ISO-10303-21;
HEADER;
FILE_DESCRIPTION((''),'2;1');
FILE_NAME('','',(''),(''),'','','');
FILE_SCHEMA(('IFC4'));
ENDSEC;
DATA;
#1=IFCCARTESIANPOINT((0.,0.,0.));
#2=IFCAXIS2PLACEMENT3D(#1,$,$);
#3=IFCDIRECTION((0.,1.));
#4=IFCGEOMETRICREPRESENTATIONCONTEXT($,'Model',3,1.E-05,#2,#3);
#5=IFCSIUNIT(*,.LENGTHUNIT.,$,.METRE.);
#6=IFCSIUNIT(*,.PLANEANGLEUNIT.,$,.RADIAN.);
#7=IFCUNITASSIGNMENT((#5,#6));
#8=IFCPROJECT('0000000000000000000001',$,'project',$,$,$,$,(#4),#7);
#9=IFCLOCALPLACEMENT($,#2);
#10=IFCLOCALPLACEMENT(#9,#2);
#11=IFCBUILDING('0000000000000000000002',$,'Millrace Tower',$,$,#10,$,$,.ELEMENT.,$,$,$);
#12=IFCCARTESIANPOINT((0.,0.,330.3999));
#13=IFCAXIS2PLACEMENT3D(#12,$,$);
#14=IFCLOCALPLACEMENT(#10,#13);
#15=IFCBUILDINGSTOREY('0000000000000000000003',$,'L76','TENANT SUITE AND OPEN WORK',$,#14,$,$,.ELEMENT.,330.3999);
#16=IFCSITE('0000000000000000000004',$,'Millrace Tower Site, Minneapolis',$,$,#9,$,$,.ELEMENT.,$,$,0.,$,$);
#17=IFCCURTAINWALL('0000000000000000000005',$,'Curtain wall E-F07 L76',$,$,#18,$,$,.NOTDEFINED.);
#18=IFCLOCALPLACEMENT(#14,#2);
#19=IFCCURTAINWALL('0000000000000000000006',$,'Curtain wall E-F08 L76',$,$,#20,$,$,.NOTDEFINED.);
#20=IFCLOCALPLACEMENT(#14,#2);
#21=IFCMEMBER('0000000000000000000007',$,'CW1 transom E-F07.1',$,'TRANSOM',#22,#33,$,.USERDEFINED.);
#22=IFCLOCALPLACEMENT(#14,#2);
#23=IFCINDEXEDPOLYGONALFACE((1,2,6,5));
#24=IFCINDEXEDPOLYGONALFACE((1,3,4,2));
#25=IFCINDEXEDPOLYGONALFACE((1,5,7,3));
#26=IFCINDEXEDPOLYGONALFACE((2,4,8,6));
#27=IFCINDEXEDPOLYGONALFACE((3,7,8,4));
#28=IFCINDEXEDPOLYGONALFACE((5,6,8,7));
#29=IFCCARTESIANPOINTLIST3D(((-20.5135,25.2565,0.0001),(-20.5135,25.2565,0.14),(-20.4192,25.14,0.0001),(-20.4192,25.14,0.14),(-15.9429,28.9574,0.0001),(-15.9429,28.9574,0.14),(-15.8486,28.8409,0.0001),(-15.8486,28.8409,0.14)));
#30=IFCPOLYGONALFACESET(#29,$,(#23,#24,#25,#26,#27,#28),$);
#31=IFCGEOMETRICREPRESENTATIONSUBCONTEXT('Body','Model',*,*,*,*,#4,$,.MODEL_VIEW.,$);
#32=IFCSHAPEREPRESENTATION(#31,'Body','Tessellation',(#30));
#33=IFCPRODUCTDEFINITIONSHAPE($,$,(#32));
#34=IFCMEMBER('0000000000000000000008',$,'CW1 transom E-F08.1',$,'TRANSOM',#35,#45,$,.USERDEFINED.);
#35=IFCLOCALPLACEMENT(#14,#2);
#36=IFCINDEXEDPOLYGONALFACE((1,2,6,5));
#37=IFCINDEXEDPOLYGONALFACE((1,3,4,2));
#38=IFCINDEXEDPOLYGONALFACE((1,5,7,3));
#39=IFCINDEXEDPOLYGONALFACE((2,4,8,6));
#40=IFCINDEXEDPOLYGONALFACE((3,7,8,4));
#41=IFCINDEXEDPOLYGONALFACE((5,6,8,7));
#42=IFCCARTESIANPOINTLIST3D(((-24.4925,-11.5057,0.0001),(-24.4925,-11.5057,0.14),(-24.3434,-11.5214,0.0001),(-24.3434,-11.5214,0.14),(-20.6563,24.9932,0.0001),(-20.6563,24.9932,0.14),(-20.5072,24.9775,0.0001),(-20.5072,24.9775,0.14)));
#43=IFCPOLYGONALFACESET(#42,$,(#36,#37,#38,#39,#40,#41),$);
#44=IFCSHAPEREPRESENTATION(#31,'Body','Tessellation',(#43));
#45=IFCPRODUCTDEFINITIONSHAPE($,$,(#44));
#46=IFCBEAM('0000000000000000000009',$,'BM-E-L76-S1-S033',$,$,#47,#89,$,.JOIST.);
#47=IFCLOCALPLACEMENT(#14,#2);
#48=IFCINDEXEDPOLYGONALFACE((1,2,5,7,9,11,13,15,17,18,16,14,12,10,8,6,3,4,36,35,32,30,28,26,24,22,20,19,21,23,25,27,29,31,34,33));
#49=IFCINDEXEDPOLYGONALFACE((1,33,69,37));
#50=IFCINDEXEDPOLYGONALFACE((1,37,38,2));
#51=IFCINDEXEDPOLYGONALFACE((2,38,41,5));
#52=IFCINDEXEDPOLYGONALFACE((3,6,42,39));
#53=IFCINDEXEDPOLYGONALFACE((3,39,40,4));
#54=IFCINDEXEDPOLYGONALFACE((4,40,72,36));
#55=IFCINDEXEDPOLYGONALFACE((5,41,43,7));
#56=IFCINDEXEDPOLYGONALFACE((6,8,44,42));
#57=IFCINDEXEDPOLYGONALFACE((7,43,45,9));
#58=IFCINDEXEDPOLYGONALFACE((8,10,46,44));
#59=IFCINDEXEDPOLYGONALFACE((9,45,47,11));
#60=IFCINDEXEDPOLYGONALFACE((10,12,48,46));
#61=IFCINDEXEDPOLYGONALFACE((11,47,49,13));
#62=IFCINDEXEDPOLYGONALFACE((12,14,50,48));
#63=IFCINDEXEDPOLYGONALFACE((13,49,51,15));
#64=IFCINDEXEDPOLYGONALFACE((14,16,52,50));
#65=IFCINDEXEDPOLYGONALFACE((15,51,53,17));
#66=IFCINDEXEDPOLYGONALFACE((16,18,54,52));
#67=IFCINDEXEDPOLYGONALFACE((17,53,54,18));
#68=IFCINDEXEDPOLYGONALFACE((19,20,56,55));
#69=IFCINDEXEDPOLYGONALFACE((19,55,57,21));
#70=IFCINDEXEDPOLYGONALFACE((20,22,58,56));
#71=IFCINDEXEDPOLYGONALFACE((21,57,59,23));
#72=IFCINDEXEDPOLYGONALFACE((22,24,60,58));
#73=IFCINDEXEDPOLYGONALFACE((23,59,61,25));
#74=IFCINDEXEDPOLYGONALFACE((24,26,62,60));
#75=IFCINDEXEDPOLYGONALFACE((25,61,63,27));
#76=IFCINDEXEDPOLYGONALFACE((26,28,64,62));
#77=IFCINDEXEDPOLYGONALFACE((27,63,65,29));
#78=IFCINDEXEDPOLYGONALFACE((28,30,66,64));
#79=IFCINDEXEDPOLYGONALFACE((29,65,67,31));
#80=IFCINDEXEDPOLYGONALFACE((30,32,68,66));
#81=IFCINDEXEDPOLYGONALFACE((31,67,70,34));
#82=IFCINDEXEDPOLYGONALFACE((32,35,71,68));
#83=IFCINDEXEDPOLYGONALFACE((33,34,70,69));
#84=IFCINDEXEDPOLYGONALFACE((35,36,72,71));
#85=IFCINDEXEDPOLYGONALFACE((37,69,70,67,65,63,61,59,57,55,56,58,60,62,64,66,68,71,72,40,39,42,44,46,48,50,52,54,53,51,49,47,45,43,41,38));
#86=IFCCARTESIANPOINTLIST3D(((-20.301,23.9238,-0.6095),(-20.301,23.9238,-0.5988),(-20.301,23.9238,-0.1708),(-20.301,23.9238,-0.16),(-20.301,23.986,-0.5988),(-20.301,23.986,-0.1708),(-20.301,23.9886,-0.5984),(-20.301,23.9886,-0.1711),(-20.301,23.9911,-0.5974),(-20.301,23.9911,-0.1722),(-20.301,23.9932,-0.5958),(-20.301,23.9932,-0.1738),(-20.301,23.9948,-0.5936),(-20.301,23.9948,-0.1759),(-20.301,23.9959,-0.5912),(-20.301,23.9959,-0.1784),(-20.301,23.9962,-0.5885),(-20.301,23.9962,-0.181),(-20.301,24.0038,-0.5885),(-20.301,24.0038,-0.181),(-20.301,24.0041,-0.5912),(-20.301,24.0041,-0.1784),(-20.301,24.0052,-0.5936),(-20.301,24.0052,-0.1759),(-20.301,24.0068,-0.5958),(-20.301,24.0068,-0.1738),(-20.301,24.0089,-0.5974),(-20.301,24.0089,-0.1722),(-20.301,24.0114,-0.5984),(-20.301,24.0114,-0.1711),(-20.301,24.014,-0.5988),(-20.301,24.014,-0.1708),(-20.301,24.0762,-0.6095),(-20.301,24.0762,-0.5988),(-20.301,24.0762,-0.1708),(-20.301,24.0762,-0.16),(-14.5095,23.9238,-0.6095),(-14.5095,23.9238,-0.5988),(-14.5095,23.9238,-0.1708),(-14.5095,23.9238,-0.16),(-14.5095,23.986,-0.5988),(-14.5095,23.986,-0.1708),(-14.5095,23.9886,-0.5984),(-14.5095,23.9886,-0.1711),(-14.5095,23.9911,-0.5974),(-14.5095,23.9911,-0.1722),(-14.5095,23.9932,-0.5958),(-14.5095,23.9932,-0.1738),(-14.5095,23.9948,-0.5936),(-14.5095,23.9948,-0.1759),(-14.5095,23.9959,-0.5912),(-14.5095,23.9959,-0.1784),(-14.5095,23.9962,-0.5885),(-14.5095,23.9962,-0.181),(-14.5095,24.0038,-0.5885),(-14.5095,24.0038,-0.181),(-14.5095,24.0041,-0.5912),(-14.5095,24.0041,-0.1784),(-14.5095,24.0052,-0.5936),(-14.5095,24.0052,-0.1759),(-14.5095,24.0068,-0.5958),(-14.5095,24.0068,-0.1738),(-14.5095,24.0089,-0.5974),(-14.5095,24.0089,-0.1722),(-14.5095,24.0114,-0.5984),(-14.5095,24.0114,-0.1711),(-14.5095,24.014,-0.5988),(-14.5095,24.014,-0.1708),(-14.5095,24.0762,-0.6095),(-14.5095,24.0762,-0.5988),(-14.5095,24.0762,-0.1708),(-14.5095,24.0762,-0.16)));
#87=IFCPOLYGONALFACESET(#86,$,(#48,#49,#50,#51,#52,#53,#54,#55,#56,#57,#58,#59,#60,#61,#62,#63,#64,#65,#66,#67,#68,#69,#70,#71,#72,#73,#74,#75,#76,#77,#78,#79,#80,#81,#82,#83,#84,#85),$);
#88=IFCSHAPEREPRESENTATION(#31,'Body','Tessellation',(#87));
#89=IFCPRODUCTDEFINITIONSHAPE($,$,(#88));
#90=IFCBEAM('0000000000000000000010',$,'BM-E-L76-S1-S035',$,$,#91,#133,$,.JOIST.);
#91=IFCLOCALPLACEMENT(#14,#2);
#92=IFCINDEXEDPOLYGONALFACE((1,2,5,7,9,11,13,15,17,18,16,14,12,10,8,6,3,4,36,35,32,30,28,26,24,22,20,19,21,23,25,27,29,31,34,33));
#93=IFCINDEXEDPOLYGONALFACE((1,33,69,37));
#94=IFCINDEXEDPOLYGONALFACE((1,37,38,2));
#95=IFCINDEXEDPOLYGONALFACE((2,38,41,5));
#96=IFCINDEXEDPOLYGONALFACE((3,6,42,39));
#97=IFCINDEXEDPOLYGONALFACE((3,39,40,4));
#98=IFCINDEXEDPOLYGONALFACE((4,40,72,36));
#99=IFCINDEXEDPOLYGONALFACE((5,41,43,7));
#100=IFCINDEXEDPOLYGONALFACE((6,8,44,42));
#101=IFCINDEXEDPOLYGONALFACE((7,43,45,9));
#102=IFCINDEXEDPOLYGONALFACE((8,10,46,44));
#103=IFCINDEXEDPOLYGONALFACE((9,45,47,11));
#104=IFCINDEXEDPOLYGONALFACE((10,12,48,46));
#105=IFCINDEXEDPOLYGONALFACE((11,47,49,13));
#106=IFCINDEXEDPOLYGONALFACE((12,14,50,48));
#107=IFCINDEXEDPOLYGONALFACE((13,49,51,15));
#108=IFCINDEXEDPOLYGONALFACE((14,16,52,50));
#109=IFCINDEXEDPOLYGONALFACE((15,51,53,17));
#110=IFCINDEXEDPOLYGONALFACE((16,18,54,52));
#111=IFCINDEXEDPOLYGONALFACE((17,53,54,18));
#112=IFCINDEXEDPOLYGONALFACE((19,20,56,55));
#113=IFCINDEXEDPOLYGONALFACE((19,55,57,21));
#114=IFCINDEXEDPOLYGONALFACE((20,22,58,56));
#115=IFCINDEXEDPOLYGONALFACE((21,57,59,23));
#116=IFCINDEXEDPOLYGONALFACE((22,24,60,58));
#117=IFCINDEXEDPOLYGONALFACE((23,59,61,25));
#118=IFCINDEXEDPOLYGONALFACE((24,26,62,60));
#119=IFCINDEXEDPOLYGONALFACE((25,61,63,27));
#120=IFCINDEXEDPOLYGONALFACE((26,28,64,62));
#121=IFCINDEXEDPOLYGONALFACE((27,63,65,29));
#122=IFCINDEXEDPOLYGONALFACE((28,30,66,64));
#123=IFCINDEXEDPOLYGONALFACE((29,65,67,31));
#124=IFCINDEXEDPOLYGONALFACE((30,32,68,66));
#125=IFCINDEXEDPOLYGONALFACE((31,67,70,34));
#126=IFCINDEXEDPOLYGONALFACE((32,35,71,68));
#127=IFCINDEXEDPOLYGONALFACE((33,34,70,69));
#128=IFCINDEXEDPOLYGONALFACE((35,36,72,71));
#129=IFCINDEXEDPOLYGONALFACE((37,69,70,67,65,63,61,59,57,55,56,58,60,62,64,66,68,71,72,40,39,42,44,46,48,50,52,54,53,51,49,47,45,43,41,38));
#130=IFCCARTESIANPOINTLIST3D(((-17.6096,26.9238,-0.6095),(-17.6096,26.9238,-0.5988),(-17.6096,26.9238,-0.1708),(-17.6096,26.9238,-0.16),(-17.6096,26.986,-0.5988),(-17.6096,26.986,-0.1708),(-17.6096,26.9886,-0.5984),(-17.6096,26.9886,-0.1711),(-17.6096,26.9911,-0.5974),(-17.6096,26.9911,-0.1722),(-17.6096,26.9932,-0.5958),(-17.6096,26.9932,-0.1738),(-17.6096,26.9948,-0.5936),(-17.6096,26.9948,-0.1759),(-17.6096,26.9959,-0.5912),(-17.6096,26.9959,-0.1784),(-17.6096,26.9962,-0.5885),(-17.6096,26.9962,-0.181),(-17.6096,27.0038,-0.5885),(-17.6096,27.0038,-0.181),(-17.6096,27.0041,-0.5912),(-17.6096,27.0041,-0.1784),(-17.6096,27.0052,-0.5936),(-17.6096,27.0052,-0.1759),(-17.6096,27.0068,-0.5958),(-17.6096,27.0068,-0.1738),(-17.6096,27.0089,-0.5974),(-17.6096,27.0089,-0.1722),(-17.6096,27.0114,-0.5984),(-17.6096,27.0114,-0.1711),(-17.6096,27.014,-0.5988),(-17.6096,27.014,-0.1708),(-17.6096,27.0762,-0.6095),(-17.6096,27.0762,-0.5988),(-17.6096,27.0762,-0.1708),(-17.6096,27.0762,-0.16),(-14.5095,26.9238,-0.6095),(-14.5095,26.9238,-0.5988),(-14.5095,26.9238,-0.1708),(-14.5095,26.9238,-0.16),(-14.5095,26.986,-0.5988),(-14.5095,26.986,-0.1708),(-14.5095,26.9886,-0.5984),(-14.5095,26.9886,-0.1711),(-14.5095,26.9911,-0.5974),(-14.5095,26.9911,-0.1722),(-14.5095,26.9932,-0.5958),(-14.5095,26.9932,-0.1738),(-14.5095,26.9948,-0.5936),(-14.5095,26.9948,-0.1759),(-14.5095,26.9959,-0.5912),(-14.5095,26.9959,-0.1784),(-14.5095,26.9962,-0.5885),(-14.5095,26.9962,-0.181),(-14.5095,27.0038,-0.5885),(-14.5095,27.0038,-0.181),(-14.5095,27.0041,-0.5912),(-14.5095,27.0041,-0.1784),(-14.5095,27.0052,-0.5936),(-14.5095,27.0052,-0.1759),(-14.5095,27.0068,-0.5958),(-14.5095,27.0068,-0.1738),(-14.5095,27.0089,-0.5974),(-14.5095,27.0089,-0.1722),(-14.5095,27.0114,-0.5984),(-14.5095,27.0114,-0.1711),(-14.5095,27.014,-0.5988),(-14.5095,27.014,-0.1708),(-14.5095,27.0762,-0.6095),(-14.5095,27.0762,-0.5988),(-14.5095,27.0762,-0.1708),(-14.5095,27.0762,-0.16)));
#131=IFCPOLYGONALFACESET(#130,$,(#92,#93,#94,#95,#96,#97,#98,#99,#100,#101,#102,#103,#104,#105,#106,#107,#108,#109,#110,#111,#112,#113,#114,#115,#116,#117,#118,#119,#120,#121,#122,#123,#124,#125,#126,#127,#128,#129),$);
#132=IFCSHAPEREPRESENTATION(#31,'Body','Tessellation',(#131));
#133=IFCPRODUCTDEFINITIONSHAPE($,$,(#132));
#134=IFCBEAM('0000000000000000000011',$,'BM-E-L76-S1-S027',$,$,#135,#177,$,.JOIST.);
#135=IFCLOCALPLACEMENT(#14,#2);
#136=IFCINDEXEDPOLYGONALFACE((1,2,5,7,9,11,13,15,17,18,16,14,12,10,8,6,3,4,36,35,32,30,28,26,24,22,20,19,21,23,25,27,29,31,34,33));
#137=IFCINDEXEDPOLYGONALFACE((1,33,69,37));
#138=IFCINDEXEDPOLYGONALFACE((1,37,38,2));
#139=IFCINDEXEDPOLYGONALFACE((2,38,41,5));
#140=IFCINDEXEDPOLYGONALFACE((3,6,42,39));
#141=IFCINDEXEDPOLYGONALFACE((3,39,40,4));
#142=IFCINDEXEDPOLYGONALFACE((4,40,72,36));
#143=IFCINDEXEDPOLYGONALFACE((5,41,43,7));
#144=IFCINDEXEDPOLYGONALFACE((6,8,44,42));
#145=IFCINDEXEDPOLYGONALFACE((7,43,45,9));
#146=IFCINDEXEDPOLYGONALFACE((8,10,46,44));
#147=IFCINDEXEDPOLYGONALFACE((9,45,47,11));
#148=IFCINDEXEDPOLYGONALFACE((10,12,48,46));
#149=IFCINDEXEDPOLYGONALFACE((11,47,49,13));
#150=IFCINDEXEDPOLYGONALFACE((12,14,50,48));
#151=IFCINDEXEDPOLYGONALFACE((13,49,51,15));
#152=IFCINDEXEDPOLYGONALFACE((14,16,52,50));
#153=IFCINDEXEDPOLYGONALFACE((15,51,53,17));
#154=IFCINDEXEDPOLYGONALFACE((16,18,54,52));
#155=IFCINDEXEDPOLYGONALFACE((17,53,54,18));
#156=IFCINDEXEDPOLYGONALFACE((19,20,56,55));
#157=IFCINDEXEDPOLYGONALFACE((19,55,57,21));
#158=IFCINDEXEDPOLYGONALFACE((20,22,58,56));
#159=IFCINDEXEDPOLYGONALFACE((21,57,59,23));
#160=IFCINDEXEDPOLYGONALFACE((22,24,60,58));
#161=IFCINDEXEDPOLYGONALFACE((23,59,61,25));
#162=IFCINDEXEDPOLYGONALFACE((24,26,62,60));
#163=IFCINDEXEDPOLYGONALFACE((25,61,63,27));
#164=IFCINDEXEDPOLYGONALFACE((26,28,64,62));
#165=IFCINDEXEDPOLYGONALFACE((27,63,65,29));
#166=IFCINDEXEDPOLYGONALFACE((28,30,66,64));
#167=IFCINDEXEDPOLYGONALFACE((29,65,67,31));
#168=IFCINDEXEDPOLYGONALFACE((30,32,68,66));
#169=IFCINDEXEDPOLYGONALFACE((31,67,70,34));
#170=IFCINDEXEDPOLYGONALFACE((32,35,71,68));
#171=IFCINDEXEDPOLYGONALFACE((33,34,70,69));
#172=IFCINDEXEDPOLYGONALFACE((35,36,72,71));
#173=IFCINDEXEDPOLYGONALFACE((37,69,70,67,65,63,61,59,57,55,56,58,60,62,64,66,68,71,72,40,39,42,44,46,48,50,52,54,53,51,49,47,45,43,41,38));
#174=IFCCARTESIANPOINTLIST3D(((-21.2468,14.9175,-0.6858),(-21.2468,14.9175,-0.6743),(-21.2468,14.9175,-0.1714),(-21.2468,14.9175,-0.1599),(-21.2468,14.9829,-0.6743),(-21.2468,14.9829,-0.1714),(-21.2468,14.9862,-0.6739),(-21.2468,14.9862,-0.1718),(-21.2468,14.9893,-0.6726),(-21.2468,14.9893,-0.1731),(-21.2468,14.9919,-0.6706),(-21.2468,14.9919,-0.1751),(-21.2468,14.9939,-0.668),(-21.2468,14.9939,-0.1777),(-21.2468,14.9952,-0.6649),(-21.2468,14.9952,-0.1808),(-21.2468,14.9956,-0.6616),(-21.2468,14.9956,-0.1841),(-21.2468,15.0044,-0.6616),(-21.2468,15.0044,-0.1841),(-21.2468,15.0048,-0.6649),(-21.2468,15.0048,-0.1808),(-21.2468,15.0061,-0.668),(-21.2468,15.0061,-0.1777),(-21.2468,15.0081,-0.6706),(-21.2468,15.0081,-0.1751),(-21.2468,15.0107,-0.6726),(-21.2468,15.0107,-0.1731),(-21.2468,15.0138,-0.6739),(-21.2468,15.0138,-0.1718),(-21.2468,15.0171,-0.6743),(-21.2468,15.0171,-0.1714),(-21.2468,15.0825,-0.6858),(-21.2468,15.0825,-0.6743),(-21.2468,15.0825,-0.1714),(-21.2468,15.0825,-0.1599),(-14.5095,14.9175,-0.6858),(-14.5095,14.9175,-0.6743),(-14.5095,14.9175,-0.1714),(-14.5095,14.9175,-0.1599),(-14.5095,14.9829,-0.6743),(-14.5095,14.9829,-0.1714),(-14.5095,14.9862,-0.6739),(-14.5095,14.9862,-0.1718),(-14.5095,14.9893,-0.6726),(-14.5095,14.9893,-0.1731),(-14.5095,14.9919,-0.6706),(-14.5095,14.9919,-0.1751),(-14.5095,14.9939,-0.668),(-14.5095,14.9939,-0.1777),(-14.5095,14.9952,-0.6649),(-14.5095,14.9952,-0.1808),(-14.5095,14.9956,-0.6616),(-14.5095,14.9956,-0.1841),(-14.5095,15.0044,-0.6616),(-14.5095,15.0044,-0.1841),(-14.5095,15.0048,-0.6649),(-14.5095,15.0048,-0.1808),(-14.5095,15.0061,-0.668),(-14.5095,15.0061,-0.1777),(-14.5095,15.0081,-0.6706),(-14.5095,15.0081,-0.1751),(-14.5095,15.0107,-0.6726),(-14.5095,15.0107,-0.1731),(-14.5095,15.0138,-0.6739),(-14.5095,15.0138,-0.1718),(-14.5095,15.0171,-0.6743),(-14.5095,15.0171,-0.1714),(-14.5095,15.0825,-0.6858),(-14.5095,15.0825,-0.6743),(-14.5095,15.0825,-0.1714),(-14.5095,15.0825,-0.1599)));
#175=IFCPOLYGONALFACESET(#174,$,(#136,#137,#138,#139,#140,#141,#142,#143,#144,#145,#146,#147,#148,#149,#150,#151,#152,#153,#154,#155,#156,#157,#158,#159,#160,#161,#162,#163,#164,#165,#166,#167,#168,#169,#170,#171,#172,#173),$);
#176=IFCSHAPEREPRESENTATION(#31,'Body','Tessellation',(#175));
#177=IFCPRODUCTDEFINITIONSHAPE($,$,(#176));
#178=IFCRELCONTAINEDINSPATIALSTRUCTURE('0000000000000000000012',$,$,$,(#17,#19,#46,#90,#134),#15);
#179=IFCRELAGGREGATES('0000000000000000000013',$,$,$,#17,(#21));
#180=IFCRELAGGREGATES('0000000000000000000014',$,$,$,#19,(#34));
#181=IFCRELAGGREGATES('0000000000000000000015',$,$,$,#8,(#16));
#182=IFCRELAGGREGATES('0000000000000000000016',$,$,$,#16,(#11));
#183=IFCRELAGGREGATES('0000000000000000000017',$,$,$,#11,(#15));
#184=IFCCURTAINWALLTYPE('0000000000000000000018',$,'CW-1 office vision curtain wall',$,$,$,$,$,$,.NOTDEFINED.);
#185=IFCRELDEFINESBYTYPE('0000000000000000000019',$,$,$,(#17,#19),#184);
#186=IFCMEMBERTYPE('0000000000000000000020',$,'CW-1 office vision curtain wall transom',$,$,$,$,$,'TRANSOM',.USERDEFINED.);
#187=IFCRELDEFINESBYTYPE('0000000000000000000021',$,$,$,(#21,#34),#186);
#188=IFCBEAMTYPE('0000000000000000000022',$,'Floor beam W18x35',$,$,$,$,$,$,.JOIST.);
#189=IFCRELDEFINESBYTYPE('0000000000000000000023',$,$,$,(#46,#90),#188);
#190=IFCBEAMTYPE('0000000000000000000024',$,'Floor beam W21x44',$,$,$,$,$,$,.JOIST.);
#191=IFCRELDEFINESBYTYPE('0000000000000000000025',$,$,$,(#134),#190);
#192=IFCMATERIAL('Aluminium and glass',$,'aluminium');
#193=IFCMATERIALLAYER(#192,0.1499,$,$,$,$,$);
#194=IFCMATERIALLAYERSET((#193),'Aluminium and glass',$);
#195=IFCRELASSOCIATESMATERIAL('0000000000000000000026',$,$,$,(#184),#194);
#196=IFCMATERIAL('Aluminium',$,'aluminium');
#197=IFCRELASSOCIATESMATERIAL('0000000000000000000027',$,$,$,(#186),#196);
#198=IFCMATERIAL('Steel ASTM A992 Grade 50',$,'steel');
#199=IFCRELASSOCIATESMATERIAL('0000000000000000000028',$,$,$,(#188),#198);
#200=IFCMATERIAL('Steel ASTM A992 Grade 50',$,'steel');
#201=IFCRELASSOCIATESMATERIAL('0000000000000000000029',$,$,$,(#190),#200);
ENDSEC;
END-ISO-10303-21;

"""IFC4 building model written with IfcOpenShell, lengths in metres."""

from ifc_helpers import new_model, si_unit, direction, frame, origin, origin_2d, place, context, subcontext, project, spatial, rectangle, i_section, extrude, material, layer, layer_set, material_profile, profile_set, type_object, element, aggregate, save


model = new_model("IFC4")

# Units and contexts
model_context = context("Model", 3, precision=1e-05, world=origin(), true_north=direction((0.0, 1.0)))
body_context = subcontext(model_context, "Body", "Model", "MODEL_VIEW")
ifc_project = project(units=[si_unit("LENGTHUNIT", "METRE"), si_unit("PLANEANGLEUNIT", "RADIAN")], contexts=[model_context])

# Site, building, storey
site_placement = place(None, origin())
site = spatial("IfcSite", under=ifc_project, at=site_placement, Name="Millrace Tower Site, Minneapolis", CompositionType="ELEMENT", RefElevation=0.0)
building_placement = place(site_placement, origin())
building = spatial("IfcBuilding", under=site, at=building_placement, Name="Millrace Tower", CompositionType="ELEMENT")
storey_placement = place(building_placement, frame((0.0, 0.0, 330.3999)))
storey = spatial("IfcBuildingStorey", under=building, at=storey_placement, Name="L76", Description="TENANT SUITE AND OPEN WORK", CompositionType="ELEMENT", Elevation=330.3999)

# Curtain wall
ifc_material_1 = material(Name="Aluminium and glass", Category="aluminium")
ifc_layer_1 = layer(ifc_material_1, 0.1499)
ifc_layer_set_1 = layer_set([ifc_layer_1], Name="Aluminium and glass")
curtain_wall_type = type_object("IfcCurtainWallType", Name="CW-1 office vision curtain wall", PredefinedType="NOTDEFINED", material=ifc_layer_set_1)
placement = place(storey_placement, origin())
curtain_wall_1 = element("IfcCurtainWall", 1, at=placement, inside=storey, type_object=curtain_wall_type, Name="Curtain wall E-F07 L76", PredefinedType="NOTDEFINED")

# Curtain wall
curtain_wall_2 = element("IfcCurtainWall", 2, at=placement, inside=storey, type_object=curtain_wall_type, Name="Curtain wall E-F08 L76", PredefinedType="NOTDEFINED")

# Members
ifc_material_2 = material(Name="Aluminium", Category="aluminium")
ifc_material_profile_1 = material_profile(ifc_material_2, rectangle(XDim=0.1499, YDim=0.1399, at=origin_2d()))
ifc_profile_set_1 = profile_set([ifc_material_profile_1], Name="Aluminium")
member_type_1 = type_object("IfcMemberType", Name="CW-1 office vision curtain wall transom", ElementType="TRANSOM", PredefinedType="USERDEFINED", material=ifc_profile_set_1)
member_1_placement = place(storey_placement, frame((-15.8958, 28.8992, 0.0701), z_axis=(-0.777166, -0.629296, 0.0), x_axis=(0.629296, -0.777166, 0.0)))
member_1 = element("IfcMember", 3, at=member_1_placement, type_object=member_type_1, Name="CW1 transom E-F07.1", ObjectType="TRANSOM", PredefinedType="USERDEFINED", context=body_context, shape_type="SweptSolid", body=[
    extrude(rectangle(XDim=0.1499, YDim=0.1399, at=origin_2d()), origin(), (0.0, 0.0, 1.0), 5.8811),
])
aggregate(curtain_wall_1, [member_1])
member_2_placement = place(storey_placement, frame((-20.5818, 24.9854, 0.0701), z_axis=(-0.104528, -0.994522, 0.0), x_axis=(0.994522, -0.104528, 0.0)))
member_2 = element("IfcMember", 4, at=member_2_placement, type_object=member_type_1, Name="CW1 transom E-F08.1", ObjectType="TRANSOM", PredefinedType="USERDEFINED", context=body_context, shape_type="SweptSolid", body=[
    extrude(rectangle(XDim=0.1499, YDim=0.1399, at=origin_2d()), origin(), (0.0, 0.0, 1.0), 36.7),
])
aggregate(curtain_wall_2, [member_2])

# Beams
ifc_material_3 = material(Name="Steel ASTM A992 Grade 50", Category="steel")
ifc_material_profile_2 = material_profile(ifc_material_3, i_section(OverallWidth=0.1523, OverallDepth=0.4495, WebThickness=0.0076, FlangeThickness=0.0107, FilletRadius=0.0103, at=origin_2d()))
ifc_profile_set_2 = profile_set([ifc_material_profile_2], Name="Steel ASTM A992 Grade 50")
beam_type_1 = type_object("IfcBeamType", Name="Floor beam W18x35", PredefinedType="JOIST", material=ifc_profile_set_2)
beam_1_placement = place(storey_placement, frame((-20.301, 24.0, -0.3848), z_axis=(1.0, 0.0, 0.0), x_axis=(0.0, 1.0, 0.0)))
element("IfcBeam", 5, at=beam_1_placement, inside=storey, type_object=beam_type_1, Name="BM-E-L76-S1-S033", PredefinedType="JOIST", context=body_context, shape_type="SweptSolid", body=[
    extrude(i_section(OverallWidth=0.1523, OverallDepth=0.4495, WebThickness=0.0076, FlangeThickness=0.0107, FilletRadius=0.0103, at=origin_2d()), origin(), (0.0, 0.0, 1.0), 5.7915),
])
beam_2_placement = place(storey_placement, frame((-17.6096, 27.0, -0.3848), z_axis=(1.0, 0.0, 0.0), x_axis=(0.0, 1.0, 0.0)))
element("IfcBeam", 6, at=beam_2_placement, inside=storey, type_object=beam_type_1, Name="BM-E-L76-S1-S035", PredefinedType="JOIST", context=body_context, shape_type="SweptSolid", body=[
    extrude(i_section(OverallWidth=0.1523, OverallDepth=0.4495, WebThickness=0.0076, FlangeThickness=0.0107, FilletRadius=0.0103, at=origin_2d()), origin(), (0.0, 0.0, 1.0), 3.1001),
])
ifc_material_4 = material(Name="Steel ASTM A992 Grade 50", Category="steel")
ifc_material_profile_3 = material_profile(ifc_material_4, i_section(OverallWidth=0.165, OverallDepth=0.5259, WebThickness=0.0088, FlangeThickness=0.0115, FilletRadius=0.0127, at=origin_2d()))
ifc_profile_set_3 = profile_set([ifc_material_profile_3], Name="Steel ASTM A992 Grade 50")
beam_type_2 = type_object("IfcBeamType", Name="Floor beam W21x44", PredefinedType="JOIST", material=ifc_profile_set_3)
beam_3_placement = place(storey_placement, frame((-21.2468, 15.0, -0.4229), z_axis=(1.0, 0.0, 0.0), x_axis=(0.0, 1.0, 0.0)))
element("IfcBeam", 7, at=beam_3_placement, inside=storey, type_object=beam_type_2, Name="BM-E-L76-S1-S027", PredefinedType="JOIST", context=body_context, shape_type="SweptSolid", body=[
    extrude(i_section(OverallWidth=0.165, OverallDepth=0.5259, WebThickness=0.0088, FlangeThickness=0.0115, FilletRadius=0.0127, at=origin_2d()), origin(), (0.0, 0.0, 1.0), 6.7373),
])

save(model, "model.ifc")
